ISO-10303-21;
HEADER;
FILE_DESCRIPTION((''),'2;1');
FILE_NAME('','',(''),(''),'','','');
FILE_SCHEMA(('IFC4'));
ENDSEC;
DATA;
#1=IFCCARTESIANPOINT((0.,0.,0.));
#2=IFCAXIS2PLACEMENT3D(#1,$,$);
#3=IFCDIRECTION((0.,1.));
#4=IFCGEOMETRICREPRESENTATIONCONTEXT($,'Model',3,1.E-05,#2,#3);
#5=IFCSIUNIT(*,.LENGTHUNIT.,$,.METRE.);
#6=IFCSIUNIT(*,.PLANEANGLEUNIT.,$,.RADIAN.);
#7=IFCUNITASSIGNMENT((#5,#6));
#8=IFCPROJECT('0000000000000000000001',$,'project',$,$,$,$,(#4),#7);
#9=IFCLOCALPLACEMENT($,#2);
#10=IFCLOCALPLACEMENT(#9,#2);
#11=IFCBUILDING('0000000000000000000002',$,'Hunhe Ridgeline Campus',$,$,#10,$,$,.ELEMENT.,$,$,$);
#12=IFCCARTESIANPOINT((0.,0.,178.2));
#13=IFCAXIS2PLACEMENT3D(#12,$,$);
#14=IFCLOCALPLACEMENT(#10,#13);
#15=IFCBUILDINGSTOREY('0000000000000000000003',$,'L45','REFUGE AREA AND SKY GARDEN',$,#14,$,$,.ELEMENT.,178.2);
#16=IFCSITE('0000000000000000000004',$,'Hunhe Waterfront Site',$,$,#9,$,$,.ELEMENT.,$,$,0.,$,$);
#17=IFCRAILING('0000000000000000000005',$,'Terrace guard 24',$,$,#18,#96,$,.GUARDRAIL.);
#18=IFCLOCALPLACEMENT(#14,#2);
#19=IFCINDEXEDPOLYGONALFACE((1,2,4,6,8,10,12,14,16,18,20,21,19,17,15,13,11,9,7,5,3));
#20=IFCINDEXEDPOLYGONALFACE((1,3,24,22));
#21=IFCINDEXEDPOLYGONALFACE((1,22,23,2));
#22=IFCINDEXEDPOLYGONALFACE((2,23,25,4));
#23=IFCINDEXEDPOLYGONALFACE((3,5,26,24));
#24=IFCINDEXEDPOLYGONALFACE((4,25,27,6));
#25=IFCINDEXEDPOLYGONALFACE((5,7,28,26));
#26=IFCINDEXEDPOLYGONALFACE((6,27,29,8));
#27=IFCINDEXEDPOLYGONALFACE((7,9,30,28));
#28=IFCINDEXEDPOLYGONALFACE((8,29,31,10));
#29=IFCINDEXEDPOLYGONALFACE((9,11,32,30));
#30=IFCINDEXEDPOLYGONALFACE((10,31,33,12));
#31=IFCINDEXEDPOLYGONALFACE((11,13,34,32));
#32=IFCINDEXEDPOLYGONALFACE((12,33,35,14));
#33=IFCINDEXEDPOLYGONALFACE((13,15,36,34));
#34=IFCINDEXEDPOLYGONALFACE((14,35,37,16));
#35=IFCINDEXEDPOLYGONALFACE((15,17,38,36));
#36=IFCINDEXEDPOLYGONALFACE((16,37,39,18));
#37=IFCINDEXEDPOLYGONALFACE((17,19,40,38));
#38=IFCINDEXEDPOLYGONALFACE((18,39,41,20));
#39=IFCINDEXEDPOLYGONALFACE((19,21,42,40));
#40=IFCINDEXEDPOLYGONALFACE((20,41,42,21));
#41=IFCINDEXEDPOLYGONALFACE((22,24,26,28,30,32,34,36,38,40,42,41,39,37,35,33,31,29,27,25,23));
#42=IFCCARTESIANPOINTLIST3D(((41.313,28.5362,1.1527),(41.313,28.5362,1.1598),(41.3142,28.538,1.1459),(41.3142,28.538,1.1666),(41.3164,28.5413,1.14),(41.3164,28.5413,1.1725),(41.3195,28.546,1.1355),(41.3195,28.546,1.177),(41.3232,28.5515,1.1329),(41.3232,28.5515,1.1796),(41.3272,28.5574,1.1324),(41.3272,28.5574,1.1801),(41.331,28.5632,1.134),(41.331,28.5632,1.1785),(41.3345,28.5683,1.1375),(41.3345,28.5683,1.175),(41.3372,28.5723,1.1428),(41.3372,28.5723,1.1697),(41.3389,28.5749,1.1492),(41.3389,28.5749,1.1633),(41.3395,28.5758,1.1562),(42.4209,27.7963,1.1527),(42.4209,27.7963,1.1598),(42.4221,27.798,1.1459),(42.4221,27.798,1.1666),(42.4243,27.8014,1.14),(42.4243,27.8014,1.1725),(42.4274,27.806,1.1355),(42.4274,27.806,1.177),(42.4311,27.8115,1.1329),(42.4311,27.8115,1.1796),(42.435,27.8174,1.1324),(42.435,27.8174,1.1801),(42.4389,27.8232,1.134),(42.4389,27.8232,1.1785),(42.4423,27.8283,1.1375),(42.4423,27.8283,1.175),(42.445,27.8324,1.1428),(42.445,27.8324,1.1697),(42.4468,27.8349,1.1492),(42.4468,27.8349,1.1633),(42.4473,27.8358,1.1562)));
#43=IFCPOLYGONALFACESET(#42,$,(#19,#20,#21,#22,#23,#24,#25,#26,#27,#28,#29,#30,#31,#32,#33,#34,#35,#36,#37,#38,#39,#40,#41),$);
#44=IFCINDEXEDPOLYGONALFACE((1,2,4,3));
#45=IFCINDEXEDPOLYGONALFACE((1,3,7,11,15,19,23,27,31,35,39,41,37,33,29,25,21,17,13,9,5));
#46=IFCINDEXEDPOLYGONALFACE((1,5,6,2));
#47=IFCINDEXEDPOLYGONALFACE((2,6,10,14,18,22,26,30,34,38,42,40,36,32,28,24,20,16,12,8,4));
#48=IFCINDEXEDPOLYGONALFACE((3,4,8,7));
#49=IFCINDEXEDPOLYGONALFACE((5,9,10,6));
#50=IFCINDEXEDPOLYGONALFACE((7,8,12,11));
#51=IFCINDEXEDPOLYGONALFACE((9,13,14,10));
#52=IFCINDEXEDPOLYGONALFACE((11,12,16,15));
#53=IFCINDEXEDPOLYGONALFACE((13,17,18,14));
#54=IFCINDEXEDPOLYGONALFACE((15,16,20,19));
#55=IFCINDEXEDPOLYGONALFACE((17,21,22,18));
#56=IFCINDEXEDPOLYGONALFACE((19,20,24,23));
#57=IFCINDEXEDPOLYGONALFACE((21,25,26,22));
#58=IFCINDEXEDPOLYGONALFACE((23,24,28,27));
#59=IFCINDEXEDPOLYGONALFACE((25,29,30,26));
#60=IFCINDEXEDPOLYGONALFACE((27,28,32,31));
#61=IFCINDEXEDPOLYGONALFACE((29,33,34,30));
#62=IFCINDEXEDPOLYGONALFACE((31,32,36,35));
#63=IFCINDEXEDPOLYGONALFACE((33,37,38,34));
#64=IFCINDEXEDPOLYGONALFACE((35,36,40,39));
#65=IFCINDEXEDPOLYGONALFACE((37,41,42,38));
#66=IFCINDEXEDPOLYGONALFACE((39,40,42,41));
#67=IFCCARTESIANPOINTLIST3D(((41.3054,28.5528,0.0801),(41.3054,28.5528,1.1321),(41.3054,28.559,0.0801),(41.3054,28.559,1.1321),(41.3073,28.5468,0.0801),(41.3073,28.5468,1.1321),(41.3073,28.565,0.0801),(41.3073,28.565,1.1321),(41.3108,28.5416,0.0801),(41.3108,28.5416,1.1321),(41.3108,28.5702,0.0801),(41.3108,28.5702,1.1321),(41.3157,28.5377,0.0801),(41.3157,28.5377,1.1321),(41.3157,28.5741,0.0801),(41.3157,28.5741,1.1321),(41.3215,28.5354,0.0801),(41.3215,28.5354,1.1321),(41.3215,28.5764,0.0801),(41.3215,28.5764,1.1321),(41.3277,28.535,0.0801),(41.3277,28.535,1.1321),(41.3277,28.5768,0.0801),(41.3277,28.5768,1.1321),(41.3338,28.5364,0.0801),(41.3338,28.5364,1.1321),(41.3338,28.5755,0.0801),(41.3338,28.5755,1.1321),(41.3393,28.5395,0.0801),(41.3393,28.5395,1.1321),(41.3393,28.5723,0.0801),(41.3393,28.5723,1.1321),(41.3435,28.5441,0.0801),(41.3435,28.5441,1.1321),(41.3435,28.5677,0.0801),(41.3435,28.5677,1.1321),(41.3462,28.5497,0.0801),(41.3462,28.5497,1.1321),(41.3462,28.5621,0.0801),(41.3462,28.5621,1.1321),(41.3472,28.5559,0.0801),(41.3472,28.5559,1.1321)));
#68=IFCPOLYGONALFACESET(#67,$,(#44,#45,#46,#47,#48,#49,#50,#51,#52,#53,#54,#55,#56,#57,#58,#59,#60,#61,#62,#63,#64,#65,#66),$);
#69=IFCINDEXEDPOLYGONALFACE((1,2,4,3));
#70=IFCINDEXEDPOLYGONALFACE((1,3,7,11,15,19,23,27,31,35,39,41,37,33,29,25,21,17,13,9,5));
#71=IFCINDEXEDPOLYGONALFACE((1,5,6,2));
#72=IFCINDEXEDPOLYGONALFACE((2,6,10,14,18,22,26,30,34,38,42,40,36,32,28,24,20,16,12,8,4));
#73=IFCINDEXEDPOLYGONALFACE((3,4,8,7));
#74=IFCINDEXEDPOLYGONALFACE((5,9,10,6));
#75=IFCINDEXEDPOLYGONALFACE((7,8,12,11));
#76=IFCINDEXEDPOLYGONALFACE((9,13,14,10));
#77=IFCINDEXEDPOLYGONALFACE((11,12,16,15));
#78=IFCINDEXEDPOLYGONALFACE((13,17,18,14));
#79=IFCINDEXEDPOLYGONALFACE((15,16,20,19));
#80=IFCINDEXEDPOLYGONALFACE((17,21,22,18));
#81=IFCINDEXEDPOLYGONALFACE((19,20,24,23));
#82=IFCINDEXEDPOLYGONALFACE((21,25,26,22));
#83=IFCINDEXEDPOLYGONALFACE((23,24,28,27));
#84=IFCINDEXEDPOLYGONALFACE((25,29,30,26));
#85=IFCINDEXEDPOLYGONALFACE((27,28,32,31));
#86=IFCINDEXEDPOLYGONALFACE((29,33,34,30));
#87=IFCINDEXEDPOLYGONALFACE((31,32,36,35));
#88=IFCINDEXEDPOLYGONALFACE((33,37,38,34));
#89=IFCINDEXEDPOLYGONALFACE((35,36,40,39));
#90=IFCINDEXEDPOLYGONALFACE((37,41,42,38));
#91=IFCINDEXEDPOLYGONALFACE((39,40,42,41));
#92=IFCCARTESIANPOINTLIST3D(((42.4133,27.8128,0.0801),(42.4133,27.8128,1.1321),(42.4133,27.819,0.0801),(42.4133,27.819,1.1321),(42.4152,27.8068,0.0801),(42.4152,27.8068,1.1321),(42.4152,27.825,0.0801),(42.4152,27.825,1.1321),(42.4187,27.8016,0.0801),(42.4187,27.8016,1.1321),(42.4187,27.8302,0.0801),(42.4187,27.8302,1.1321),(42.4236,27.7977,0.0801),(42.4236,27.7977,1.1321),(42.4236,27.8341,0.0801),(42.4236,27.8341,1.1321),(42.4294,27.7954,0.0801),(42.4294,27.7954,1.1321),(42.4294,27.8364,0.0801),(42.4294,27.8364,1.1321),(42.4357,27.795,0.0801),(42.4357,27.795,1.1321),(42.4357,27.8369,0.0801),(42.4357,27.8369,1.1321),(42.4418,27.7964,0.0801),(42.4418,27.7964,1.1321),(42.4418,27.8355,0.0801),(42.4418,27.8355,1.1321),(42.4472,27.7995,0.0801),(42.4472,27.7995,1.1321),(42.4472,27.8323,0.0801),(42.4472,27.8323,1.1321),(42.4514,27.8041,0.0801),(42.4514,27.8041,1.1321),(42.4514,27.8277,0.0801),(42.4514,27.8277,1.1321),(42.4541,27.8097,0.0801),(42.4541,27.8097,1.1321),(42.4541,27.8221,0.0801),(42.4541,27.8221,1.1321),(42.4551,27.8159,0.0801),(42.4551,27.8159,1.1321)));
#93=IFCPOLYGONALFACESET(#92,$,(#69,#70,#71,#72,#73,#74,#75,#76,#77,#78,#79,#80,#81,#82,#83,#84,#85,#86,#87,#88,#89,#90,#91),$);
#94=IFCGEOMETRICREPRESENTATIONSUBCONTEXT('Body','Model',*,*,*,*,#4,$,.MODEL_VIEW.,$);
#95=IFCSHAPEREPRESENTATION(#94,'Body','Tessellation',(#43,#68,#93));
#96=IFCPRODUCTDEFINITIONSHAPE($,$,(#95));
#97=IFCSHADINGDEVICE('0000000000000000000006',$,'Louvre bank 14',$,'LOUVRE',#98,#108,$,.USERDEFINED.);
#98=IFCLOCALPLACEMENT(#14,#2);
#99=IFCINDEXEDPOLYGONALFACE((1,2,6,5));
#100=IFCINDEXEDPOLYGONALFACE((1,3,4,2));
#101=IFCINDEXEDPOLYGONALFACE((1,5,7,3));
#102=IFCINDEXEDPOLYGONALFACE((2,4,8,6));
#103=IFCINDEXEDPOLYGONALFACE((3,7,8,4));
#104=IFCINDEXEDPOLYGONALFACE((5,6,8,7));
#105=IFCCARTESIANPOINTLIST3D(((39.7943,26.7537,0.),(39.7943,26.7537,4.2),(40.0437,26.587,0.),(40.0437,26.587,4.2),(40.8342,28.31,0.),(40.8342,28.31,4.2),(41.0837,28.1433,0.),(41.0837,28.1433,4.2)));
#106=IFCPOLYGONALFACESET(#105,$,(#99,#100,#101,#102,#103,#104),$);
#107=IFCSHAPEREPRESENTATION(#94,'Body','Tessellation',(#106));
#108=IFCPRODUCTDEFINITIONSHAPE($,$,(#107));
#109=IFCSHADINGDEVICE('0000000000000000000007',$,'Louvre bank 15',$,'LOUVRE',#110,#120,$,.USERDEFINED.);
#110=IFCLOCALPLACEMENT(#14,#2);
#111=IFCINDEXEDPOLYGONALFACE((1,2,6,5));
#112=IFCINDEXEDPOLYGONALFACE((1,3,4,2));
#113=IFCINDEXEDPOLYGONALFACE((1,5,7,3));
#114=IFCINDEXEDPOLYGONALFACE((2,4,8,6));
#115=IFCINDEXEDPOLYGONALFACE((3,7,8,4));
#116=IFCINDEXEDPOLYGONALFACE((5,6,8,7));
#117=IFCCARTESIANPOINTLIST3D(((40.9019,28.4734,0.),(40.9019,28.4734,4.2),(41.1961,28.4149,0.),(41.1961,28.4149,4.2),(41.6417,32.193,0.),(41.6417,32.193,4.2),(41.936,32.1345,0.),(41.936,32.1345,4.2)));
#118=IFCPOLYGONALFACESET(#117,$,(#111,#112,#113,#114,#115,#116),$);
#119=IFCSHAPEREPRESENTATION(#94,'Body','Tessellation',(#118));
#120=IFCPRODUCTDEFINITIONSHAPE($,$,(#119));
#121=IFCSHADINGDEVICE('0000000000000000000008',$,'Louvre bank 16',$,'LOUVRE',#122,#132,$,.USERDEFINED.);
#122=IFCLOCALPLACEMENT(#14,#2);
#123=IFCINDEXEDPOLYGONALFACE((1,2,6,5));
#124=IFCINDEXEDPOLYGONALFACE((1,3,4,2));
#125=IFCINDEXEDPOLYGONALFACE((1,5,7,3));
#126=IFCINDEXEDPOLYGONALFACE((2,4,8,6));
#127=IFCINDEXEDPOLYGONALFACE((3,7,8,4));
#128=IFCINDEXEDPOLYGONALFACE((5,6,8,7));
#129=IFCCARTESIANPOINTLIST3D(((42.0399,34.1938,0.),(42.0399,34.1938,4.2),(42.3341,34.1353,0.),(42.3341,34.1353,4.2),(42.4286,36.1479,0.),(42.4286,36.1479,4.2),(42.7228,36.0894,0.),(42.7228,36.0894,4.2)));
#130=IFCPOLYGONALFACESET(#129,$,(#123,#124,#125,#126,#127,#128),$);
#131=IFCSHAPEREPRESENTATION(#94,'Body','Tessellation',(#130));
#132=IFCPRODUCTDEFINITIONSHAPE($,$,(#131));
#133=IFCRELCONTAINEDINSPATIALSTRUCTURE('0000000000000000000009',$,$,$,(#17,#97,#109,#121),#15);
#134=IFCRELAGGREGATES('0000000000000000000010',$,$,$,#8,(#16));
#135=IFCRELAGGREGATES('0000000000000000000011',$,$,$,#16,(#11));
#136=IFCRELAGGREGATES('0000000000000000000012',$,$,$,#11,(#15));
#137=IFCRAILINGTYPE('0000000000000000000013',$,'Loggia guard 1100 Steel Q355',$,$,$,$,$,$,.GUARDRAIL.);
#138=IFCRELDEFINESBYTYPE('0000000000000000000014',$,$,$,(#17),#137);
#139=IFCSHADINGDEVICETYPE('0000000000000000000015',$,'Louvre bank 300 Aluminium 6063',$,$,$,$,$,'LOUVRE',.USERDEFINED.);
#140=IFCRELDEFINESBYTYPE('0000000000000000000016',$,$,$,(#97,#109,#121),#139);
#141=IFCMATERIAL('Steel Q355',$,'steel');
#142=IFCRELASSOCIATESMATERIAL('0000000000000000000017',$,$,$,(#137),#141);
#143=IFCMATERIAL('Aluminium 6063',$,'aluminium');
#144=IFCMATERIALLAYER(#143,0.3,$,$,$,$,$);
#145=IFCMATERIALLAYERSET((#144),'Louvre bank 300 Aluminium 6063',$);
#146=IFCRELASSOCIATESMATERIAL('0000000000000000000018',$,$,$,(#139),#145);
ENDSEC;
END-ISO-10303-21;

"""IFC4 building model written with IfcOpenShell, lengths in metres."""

from ifc_helpers import new_model, si_unit, direction, frame, origin, origin_2d, place, context, subcontext, project, spatial, rectangle, circle, extrude, material, layer, layer_set, type_object, element, save


model = new_model("IFC4")

# Units and contexts
model_context = context("Model", 3, precision=1e-05, world=origin(), true_north=direction((0.0, 1.0)))
body_context = subcontext(model_context, "Body", "Model", "MODEL_VIEW")
ifc_project = project(units=[si_unit("LENGTHUNIT", "METRE"), si_unit("PLANEANGLEUNIT", "RADIAN")], contexts=[model_context])

# Site, building, storey
site_placement = place(None, origin())
site = spatial("IfcSite", under=ifc_project, at=site_placement, Name="Hunhe Waterfront Site", CompositionType="ELEMENT", RefElevation=0.0)
building_placement = place(site_placement, origin())
building = spatial("IfcBuilding", under=site, at=building_placement, Name="Hunhe Ridgeline Campus", CompositionType="ELEMENT")
storey_placement = place(building_placement, frame((0.0, 0.0, 178.2)))
storey = spatial("IfcBuildingStorey", under=building, at=storey_placement, Name="L45", Description="REFUGE AREA AND SKY GARDEN", CompositionType="ELEMENT", Elevation=178.2)

# Shared definitions
ifc_material_1 = material(Name="Aluminium 6063", Category="aluminium")

# Railing
ifc_material_2 = material(Name="Steel Q355", Category="steel")
railing_type = type_object("IfcRailingType", Name="Loggia guard 1100 Steel Q355", PredefinedType="GUARDRAIL", material=ifc_material_2)
railing_1_placement = place(storey_placement, frame((41.3262, 28.5559, 0.0801)))
element("IfcRailing", 1, at=railing_1_placement, inside=storey, type_object=railing_type, Name="Terrace guard 24", PredefinedType="GUARDRAIL", context=body_context, shape_type="SweptSolid", body=[
    extrude(circle(Radius=0.0239, at=origin_2d()), frame((0.0, 0.0, 1.0762), z_axis=(0.831571, -0.555419, 0.0), x_axis=(0.555419, 0.831571, 0.0)), (0.0, 0.0, 1.0), 1.3323),
    extrude(circle(Radius=0.021, at=origin_2d()), origin(), (0.0, 0.0, 1.0), 1.052),
    extrude(circle(Radius=0.021, at=origin_2d()), frame((1.1079, -0.74, 0.0)), (0.0, 0.0, 1.0), 1.052),
])

# Shading devices
ifc_layer_1 = layer(ifc_material_1, 0.3)
ifc_layer_set_1 = layer_set([ifc_layer_1], Name="Louvre bank 300 Aluminium 6063")
shading_device_type = type_object("IfcShadingDeviceType", Name="Louvre bank 300 Aluminium 6063", ElementType="LOUVRE", PredefinedType="USERDEFINED", material=ifc_layer_set_1)
shading_device_1_placement = place(storey_placement, frame((40.439, 27.4485, 0.0), z_axis=(0.0, 0.0, 1.0), x_axis=(0.55557, 0.83147, 0.0)))
element("IfcShadingDevice", 2, at=shading_device_1_placement, inside=storey, type_object=shading_device_type, Name="Louvre bank 14", ObjectType="LOUVRE", PredefinedType="USERDEFINED", context=body_context, shape_type="SweptSolid", body=[
    extrude(rectangle(XDim=1.8718, YDim=0.3, at=origin_2d()), origin(), (0.0, 0.0, 1.0), 4.2),
])
shading_device_2_placement = place(storey_placement, frame((41.4189, 30.304, 0.0), z_axis=(0.0, 0.0, 1.0), x_axis=(0.19509, 0.980785, 0.0)))
element("IfcShadingDevice", 3, at=shading_device_2_placement, inside=storey, type_object=shading_device_type, Name="Louvre bank 15", ObjectType="LOUVRE", PredefinedType="USERDEFINED", context=body_context, shape_type="SweptSolid", body=[
    extrude(rectangle(XDim=3.7925, YDim=0.3, at=origin_2d()), origin(), (0.0, 0.0, 1.0), 4.2),
])
shading_device_3_placement = place(storey_placement, frame((42.3813, 35.1416, 0.0), z_axis=(0.0, 0.0, 1.0), x_axis=(0.19509, 0.980785, 0.0)))
element("IfcShadingDevice", 4, at=shading_device_3_placement, inside=storey, type_object=shading_device_type, Name="Louvre bank 16", ObjectType="LOUVRE", PredefinedType="USERDEFINED", context=body_context, shape_type="SweptSolid", body=[
    extrude(rectangle(XDim=1.9924, YDim=0.3, at=origin_2d()), origin(), (0.0, 0.0, 1.0), 4.2),
])

save(model, "model.ifc")
